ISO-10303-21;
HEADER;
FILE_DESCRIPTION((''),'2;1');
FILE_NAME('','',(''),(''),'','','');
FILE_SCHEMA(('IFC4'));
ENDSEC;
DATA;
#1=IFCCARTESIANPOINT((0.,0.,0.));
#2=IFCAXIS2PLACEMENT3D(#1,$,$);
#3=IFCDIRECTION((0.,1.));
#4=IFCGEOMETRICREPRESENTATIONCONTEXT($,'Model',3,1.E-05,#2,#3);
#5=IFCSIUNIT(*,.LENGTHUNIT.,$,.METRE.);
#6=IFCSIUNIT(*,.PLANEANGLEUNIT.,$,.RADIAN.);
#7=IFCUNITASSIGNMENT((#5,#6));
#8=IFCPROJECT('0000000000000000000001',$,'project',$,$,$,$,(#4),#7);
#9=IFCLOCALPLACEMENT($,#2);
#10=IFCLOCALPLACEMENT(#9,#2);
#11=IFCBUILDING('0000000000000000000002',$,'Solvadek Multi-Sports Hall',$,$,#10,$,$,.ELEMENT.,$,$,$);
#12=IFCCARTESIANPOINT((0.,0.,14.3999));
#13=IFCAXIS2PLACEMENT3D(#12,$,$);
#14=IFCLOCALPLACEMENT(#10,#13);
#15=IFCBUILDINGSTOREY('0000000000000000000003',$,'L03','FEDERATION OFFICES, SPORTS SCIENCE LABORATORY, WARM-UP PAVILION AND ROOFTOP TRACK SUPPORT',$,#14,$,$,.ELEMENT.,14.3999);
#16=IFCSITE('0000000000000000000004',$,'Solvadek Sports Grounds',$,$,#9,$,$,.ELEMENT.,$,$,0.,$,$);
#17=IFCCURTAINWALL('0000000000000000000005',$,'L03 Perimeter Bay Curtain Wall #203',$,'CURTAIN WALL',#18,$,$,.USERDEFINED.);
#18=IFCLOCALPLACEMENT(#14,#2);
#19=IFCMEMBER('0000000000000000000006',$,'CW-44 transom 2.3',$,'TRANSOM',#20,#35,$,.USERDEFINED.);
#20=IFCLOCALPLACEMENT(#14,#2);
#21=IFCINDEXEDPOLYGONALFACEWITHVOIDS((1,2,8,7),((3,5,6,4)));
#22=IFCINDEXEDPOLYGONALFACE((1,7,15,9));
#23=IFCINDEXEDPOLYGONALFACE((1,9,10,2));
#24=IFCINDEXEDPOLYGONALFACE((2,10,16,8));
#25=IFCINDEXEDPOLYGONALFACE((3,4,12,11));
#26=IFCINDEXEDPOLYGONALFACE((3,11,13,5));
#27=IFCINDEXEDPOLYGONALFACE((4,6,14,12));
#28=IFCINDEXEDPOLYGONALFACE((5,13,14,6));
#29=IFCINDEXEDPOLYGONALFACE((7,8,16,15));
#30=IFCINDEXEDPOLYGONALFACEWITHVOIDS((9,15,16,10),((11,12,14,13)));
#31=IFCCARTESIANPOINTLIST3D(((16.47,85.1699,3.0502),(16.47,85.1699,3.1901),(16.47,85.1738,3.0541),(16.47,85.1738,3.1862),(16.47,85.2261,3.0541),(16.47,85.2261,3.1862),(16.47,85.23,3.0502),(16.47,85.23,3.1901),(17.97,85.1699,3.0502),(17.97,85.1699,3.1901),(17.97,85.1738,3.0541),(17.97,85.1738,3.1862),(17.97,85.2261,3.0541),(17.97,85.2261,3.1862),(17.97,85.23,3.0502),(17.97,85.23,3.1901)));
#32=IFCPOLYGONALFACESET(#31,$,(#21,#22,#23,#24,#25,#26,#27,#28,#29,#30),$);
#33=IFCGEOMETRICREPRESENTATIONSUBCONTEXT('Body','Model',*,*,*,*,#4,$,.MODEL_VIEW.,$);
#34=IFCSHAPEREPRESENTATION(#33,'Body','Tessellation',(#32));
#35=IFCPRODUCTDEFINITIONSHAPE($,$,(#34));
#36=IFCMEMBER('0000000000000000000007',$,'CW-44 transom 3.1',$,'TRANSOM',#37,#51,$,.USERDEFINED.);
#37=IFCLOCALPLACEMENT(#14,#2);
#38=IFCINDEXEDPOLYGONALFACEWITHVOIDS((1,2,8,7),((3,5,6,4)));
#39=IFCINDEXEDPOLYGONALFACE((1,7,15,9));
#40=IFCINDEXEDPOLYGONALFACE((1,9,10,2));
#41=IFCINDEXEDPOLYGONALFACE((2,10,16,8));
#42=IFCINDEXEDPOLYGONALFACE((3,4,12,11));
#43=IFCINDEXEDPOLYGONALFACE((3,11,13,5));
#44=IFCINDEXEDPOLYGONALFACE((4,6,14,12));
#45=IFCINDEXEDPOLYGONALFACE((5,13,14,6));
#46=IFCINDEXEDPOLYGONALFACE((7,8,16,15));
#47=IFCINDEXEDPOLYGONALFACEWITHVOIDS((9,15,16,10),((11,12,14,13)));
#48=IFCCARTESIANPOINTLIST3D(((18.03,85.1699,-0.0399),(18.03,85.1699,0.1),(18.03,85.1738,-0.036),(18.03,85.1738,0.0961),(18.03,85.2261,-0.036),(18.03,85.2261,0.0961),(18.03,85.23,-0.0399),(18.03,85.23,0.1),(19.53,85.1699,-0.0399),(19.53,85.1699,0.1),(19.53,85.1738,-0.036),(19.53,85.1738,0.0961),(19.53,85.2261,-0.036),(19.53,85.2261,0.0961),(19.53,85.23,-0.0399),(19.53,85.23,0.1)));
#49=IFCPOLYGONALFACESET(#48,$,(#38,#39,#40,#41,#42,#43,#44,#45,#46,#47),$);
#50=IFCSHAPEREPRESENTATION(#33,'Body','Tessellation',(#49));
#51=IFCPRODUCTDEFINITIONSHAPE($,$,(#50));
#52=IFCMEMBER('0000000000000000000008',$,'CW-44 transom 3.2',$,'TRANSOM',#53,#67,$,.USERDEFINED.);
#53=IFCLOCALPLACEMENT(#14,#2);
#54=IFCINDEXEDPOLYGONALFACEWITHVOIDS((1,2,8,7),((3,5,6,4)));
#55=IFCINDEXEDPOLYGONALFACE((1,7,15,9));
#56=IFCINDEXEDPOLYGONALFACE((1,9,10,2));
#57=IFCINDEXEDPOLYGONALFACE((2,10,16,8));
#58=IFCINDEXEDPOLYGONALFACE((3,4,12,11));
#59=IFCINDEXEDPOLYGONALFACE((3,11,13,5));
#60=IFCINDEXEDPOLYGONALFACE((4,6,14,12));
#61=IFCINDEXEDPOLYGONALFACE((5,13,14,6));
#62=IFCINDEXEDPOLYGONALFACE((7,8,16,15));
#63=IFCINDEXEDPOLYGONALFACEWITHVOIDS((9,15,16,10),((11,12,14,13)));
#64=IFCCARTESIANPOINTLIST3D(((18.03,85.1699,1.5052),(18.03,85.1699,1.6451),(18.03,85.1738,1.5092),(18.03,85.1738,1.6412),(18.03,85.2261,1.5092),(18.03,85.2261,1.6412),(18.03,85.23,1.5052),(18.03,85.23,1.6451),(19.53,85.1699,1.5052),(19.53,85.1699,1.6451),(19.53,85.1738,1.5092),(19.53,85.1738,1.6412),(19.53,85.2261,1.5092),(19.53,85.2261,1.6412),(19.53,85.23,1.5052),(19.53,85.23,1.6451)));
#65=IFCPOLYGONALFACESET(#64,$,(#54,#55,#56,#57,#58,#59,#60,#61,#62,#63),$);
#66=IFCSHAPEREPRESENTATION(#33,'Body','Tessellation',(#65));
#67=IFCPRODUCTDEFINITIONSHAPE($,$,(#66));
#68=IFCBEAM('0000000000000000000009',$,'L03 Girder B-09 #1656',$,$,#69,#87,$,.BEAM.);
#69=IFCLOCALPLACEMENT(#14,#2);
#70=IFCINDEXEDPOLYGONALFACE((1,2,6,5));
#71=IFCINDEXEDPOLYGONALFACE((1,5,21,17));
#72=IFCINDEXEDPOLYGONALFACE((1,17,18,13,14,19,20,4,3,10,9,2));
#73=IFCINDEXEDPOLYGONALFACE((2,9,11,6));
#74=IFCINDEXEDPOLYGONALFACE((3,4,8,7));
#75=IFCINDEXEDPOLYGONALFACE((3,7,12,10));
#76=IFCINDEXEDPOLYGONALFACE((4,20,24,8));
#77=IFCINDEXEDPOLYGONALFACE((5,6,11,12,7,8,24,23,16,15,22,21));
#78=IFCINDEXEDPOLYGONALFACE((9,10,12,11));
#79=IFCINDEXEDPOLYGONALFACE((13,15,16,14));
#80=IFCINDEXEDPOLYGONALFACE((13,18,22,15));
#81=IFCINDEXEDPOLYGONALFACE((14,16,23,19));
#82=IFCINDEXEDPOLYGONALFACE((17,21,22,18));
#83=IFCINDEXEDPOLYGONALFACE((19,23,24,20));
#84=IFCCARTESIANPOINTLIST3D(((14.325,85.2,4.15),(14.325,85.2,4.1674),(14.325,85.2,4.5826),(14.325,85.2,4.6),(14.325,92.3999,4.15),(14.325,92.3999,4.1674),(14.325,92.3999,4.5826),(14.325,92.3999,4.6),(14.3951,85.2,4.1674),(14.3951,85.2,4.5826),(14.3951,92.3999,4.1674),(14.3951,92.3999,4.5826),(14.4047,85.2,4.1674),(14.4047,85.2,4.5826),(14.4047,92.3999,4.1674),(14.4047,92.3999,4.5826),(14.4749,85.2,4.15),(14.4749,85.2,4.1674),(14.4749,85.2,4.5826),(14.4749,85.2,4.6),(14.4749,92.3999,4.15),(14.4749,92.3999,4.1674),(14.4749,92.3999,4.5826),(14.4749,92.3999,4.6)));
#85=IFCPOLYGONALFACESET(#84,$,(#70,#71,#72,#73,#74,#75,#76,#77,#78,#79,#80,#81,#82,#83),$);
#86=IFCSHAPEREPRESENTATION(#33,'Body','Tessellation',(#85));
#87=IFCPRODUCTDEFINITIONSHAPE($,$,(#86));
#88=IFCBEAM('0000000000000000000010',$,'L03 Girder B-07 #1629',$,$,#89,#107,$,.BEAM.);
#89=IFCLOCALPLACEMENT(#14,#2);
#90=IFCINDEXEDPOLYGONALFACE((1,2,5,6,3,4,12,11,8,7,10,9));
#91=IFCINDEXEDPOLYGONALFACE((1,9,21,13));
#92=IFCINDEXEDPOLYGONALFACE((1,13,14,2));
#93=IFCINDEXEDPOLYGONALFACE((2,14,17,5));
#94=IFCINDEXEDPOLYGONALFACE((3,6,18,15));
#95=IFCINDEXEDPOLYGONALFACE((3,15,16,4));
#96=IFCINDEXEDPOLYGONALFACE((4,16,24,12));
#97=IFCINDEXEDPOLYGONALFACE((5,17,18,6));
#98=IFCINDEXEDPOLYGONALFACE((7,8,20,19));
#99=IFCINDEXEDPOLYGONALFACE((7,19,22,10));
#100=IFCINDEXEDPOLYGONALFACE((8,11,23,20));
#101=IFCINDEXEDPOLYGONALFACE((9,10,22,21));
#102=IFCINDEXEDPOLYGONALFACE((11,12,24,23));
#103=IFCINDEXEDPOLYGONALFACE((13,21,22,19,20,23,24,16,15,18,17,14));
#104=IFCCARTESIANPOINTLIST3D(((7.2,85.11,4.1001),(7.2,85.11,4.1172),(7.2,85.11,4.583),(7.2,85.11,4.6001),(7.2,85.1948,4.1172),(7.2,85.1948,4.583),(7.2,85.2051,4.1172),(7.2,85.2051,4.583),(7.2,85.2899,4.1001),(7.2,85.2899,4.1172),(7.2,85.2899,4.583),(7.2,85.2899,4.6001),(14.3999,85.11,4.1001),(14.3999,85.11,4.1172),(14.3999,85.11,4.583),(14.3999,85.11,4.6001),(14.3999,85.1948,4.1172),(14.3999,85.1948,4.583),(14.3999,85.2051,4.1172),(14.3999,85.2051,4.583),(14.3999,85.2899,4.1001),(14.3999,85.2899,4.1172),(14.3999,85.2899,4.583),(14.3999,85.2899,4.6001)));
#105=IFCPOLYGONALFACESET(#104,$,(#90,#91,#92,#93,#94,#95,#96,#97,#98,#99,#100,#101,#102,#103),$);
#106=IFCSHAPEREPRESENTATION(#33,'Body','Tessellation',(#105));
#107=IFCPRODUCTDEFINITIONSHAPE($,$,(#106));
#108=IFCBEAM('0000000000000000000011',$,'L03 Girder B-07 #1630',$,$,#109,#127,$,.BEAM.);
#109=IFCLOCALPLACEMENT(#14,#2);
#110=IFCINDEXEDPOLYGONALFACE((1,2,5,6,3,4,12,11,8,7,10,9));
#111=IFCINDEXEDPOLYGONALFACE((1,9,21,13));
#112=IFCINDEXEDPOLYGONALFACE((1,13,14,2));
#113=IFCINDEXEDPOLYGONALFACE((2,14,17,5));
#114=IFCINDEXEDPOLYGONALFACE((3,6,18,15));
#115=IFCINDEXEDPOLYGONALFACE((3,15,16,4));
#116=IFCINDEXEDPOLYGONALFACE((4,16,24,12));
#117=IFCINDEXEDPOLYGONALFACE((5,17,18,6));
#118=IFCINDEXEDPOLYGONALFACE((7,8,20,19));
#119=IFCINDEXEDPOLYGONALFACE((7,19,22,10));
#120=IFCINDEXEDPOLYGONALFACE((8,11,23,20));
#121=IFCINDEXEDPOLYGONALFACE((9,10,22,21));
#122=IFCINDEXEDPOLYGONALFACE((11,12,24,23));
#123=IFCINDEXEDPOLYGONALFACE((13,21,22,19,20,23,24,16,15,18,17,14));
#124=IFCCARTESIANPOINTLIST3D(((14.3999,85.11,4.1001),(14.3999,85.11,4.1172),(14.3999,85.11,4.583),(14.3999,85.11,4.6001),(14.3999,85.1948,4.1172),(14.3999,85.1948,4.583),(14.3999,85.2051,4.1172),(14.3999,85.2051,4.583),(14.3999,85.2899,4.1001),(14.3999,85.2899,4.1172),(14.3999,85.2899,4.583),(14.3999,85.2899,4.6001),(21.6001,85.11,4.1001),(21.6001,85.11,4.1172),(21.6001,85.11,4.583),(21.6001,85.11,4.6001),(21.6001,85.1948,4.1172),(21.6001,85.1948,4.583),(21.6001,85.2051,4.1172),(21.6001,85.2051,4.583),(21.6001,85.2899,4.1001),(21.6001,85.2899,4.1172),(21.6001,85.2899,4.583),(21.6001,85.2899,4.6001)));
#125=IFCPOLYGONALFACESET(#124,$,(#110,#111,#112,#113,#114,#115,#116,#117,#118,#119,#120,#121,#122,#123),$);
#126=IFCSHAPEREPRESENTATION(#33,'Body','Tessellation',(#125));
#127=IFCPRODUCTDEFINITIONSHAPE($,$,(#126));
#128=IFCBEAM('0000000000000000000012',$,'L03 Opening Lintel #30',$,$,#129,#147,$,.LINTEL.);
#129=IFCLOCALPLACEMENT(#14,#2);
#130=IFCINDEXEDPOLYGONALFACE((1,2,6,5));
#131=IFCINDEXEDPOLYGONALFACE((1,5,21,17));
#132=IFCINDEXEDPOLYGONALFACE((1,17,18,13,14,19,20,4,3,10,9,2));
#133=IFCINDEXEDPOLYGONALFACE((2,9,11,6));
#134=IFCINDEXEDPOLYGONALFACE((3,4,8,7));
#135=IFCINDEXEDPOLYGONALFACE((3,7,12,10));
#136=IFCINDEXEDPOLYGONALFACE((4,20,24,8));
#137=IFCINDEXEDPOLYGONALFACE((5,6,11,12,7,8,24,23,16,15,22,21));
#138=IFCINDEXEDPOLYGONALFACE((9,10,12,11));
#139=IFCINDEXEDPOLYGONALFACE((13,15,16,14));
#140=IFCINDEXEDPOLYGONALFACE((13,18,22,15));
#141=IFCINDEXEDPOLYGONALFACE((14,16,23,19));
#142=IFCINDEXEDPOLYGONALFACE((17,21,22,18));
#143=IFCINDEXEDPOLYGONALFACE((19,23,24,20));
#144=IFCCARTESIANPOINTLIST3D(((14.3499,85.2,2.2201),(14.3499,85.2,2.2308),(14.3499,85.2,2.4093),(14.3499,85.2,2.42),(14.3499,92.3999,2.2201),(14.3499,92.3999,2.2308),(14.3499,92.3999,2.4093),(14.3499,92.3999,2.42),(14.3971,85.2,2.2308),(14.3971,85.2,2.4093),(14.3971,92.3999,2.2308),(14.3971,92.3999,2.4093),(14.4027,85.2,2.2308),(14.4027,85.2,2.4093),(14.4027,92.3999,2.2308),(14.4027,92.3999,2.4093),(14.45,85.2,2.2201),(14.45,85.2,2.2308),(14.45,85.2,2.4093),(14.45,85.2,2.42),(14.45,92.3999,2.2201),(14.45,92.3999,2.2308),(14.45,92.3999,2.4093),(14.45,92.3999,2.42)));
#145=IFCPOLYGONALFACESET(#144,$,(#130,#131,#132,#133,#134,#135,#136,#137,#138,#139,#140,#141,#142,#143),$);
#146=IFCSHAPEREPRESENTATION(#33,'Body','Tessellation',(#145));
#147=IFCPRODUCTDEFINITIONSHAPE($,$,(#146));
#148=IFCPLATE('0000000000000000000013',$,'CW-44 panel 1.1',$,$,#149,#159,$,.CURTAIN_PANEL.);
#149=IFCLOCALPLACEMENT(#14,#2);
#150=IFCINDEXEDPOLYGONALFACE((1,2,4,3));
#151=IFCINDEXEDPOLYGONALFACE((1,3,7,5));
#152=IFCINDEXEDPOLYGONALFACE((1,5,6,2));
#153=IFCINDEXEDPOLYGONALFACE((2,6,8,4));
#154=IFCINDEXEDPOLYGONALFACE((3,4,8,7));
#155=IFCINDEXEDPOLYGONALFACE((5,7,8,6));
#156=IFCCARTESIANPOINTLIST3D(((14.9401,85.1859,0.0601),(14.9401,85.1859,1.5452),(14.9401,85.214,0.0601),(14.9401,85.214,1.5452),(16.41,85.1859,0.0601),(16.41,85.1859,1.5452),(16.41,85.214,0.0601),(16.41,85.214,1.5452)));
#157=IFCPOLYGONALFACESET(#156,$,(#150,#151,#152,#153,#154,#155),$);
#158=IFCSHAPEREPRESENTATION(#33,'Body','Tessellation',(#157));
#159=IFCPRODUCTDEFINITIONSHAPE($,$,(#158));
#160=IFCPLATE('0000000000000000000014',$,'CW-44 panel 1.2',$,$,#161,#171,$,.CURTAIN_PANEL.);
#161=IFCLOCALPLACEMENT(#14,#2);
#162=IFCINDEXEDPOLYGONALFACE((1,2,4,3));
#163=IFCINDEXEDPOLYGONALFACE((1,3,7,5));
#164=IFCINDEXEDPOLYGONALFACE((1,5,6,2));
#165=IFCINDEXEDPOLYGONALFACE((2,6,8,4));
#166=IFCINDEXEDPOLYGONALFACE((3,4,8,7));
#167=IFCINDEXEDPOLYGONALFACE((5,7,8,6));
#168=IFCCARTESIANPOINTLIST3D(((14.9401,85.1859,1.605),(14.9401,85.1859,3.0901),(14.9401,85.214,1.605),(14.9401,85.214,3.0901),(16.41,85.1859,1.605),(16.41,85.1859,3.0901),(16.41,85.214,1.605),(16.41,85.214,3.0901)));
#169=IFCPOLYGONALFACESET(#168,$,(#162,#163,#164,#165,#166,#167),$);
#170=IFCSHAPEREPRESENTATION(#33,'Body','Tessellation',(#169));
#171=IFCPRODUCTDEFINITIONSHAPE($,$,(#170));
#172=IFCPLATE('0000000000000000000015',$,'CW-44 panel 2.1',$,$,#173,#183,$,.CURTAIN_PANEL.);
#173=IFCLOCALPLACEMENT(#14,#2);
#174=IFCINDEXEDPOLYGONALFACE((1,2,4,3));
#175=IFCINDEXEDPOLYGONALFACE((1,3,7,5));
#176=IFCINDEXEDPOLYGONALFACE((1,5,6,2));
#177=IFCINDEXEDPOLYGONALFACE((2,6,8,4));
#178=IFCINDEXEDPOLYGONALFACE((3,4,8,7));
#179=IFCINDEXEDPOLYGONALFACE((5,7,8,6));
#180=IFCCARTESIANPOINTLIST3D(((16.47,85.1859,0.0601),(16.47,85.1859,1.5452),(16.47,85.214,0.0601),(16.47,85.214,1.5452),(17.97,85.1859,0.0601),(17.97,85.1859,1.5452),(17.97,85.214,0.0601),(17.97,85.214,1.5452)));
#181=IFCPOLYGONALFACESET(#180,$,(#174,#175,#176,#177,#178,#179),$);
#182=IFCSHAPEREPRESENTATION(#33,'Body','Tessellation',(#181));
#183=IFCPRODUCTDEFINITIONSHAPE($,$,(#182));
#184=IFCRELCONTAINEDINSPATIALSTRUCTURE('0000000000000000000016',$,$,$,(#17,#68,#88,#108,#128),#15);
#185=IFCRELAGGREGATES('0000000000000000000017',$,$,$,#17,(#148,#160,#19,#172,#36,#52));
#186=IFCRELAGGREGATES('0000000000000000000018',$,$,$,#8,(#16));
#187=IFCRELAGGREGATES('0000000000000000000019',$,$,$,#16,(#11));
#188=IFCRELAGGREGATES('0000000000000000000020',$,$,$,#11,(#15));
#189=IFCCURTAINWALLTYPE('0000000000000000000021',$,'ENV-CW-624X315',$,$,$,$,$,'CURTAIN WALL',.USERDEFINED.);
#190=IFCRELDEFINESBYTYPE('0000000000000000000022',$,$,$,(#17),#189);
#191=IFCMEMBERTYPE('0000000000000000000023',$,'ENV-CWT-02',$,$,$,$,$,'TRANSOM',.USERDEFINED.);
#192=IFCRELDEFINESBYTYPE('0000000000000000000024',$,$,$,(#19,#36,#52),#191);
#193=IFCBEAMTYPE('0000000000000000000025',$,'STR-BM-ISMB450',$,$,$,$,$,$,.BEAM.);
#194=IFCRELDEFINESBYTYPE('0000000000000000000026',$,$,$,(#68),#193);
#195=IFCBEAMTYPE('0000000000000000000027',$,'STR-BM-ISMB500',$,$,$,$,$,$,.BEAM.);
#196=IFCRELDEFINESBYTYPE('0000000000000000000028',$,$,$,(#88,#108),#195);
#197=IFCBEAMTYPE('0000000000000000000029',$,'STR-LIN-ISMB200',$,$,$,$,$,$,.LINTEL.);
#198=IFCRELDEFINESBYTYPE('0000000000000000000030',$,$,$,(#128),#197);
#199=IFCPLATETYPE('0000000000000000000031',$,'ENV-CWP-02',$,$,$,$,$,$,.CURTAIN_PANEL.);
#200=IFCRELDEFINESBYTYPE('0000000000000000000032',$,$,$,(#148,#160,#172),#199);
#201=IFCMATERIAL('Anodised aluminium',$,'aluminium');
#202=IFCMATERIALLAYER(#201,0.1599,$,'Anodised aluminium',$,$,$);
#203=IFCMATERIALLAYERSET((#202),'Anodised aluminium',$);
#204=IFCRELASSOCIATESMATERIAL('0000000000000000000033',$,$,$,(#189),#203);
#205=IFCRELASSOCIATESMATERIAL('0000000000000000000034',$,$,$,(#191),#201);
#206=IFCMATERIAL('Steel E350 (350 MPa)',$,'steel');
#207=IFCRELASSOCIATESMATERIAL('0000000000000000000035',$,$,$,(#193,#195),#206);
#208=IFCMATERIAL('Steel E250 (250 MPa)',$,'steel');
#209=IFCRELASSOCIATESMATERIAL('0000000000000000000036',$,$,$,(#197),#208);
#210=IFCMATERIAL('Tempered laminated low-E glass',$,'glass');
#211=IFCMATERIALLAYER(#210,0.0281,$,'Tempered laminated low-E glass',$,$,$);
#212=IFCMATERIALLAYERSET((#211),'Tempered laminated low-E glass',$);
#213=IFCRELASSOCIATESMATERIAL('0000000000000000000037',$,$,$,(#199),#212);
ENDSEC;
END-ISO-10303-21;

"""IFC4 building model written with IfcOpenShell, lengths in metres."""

from ifc_helpers import new_model, si_unit, direction, frame, origin, origin_2d, place, context, subcontext, project, spatial, rectangle, hollow_rectangle, i_section, extrude, material, layer, layer_set, material_profile, profile_set, type_object, element, aggregate, save


model = new_model("IFC4")

# Units and contexts
model_context = context("Model", 3, precision=1e-05, world=origin(), true_north=direction((0.0, 1.0)))
body_context = subcontext(model_context, "Body", "Model", "MODEL_VIEW")
ifc_project = project(units=[si_unit("LENGTHUNIT", "METRE"), si_unit("PLANEANGLEUNIT", "RADIAN")], contexts=[model_context])

# Site, building, storey
site_placement = place(None, origin())
site = spatial("IfcSite", under=ifc_project, at=site_placement, Name="Solvadek Sports Grounds", CompositionType="ELEMENT", RefElevation=0.0)
building_placement = place(site_placement, origin())
building = spatial("IfcBuilding", under=site, at=building_placement, Name="Solvadek Multi-Sports Hall", CompositionType="ELEMENT")
storey_placement = place(building_placement, frame((0.0, 0.0, 14.3999)))
storey = spatial("IfcBuildingStorey", under=building, at=storey_placement, Name="L03", Description="FEDERATION OFFICES, SPORTS SCIENCE LABORATORY, WARM-UP PAVILION AND ROOFTOP TRACK SUPPORT", CompositionType="ELEMENT", Elevation=14.3999)

# Shared definitions
ifc_material_1 = material(Name="Steel E350 (350 MPa)", Category="steel")

# Curtain wall, members
ifc_material_2 = material(Name="Anodised aluminium", Category="aluminium")
ifc_layer_1 = layer(ifc_material_2, 0.1599, Name="Anodised aluminium")
ifc_layer_set_1 = layer_set([ifc_layer_1], Name="Anodised aluminium")
curtain_wall_type = type_object("IfcCurtainWallType", Name="ENV-CW-624X315", ElementType="CURTAIN WALL", PredefinedType="USERDEFINED", material=ifc_layer_set_1)
curtain_wall_placement = place(storey_placement, origin())
curtain_wall = element("IfcCurtainWall", 1, at=curtain_wall_placement, inside=storey, type_object=curtain_wall_type, Name="L03 Perimeter Bay Curtain Wall #203", ObjectType="CURTAIN WALL", PredefinedType="USERDEFINED")
ifc_material_profile_1 = material_profile(ifc_material_2, hollow_rectangle(XDim=0.0601, YDim=0.1399, WallThickness=0.0039, at=origin_2d()), Name="ALU-T 140x60x4")
ifc_profile_set_1 = profile_set([ifc_material_profile_1], Name="Anodised aluminium")
member_type_1 = type_object("IfcMemberType", Name="ENV-CWT-02", ElementType="TRANSOM", PredefinedType="USERDEFINED", material=ifc_profile_set_1)
member_1_placement = place(storey_placement, frame((16.47, 85.2, 3.1201), z_axis=(1.0, 0.0, 0.0), x_axis=(0.0, 1.0, 0.0)))
member_1 = element("IfcMember", 2, at=member_1_placement, type_object=member_type_1, Name="CW-44 transom 2.3", ObjectType="TRANSOM", PredefinedType="USERDEFINED", context=body_context, shape_type="SweptSolid", body=[
    extrude(hollow_rectangle(XDim=0.0601, YDim=0.1399, WallThickness=0.0039, at=origin_2d()), origin(), (0.0, 0.0, 1.0), 1.5),
])
member_2_placement = place(storey_placement, frame((18.03, 85.2, 0.03), z_axis=(1.0, 0.0, 0.0), x_axis=(0.0, 1.0, 0.0)))
member_2 = element("IfcMember", 3, at=member_2_placement, type_object=member_type_1, Name="CW-44 transom 3.1", ObjectType="TRANSOM", PredefinedType="USERDEFINED", context=body_context, shape_type="SweptSolid", body=[
    extrude(hollow_rectangle(XDim=0.0601, YDim=0.1399, WallThickness=0.0039, at=origin_2d()), origin(), (0.0, 0.0, 1.0), 1.5),
])
member_3_placement = place(storey_placement, frame((18.03, 85.2, 1.5752), z_axis=(1.0, 0.0, 0.0), x_axis=(0.0, 1.0, 0.0)))
member_3 = element("IfcMember", 4, at=member_3_placement, type_object=member_type_1, Name="CW-44 transom 3.2", ObjectType="TRANSOM", PredefinedType="USERDEFINED", context=body_context, shape_type="SweptSolid", body=[
    extrude(hollow_rectangle(XDim=0.0601, YDim=0.1399, WallThickness=0.0039, at=origin_2d()), origin(), (0.0, 0.0, 1.0), 1.5),
])

# Beams
ifc_material_profile_2 = material_profile(ifc_material_1, i_section(OverallWidth=0.1499, OverallDepth=0.45, WebThickness=0.0095, FlangeThickness=0.0173, at=origin_2d()), Name="ISMB 450")
ifc_profile_set_2 = profile_set([ifc_material_profile_2], Name="Steel E350 (350 MPa)")
beam_type_1 = type_object("IfcBeamType", Name="STR-BM-ISMB450", PredefinedType="BEAM", material=ifc_profile_set_2)
beam_1_placement = place(storey_placement, frame((14.3999, 85.2, 4.375), z_axis=(0.0, 1.0, 0.0), x_axis=(-1.0, 0.0, 0.0)))
element("IfcBeam", 5, at=beam_1_placement, inside=storey, type_object=beam_type_1, Name="L03 Girder B-09 #1656", PredefinedType="BEAM", context=body_context, shape_type="SweptSolid", body=[
    extrude(i_section(OverallWidth=0.1499, OverallDepth=0.45, WebThickness=0.0095, FlangeThickness=0.0173, at=origin_2d()), origin(), (0.0, 0.0, 1.0), 7.2),
])
ifc_material_profile_3 = material_profile(ifc_material_1, i_section(OverallWidth=0.1799, OverallDepth=0.5, WebThickness=0.0103, FlangeThickness=0.0171, at=origin_2d()), Name="ISMB 500")
ifc_profile_set_3 = profile_set([ifc_material_profile_3], Name="Steel E350 (350 MPa)")
beam_type_2 = type_object("IfcBeamType", Name="STR-BM-ISMB500", PredefinedType="BEAM", material=ifc_profile_set_3)
beam_2_placement = place(storey_placement, frame((7.2, 85.2, 4.3501), z_axis=(1.0, 0.0, 0.0), x_axis=(0.0, 1.0, 0.0)))
element("IfcBeam", 6, at=beam_2_placement, inside=storey, type_object=beam_type_2, Name="L03 Girder B-07 #1629", PredefinedType="BEAM", context=body_context, shape_type="SweptSolid", body=[
    extrude(i_section(OverallWidth=0.1799, OverallDepth=0.5, WebThickness=0.0103, FlangeThickness=0.0171, at=origin_2d()), origin(), (0.0, 0.0, 1.0), 7.2),
])
beam_3_placement = place(storey_placement, frame((14.3999, 85.2, 4.3501), z_axis=(1.0, 0.0, 0.0), x_axis=(0.0, 1.0, 0.0)))
element("IfcBeam", 7, at=beam_3_placement, inside=storey, type_object=beam_type_2, Name="L03 Girder B-07 #1630", PredefinedType="BEAM", context=body_context, shape_type="SweptSolid", body=[
    extrude(i_section(OverallWidth=0.1799, OverallDepth=0.5, WebThickness=0.0103, FlangeThickness=0.0171, at=origin_2d()), origin(), (0.0, 0.0, 1.0), 7.2002),
])
ifc_material_3 = material(Name="Steel E250 (250 MPa)", Category="steel")
ifc_material_profile_4 = material_profile(ifc_material_3, i_section(OverallWidth=0.1001, OverallDepth=0.2, WebThickness=0.0056, FlangeThickness=0.0107, at=origin_2d()), Name="ISMB 200")
ifc_profile_set_4 = profile_set([ifc_material_profile_4], Name="Steel E250 (250 MPa)")
beam_type_3 = type_object("IfcBeamType", Name="STR-LIN-ISMB200", PredefinedType="LINTEL", material=ifc_profile_set_4)
beam_4_placement = place(storey_placement, frame((14.3999, 85.2, 2.3201), z_axis=(0.0, 1.0, 0.0), x_axis=(-1.0, 0.0, 0.0)))
element("IfcBeam", 8, at=beam_4_placement, inside=storey, type_object=beam_type_3, Name="L03 Opening Lintel #30", PredefinedType="LINTEL", context=body_context, shape_type="SweptSolid", body=[
    extrude(i_section(OverallWidth=0.1001, OverallDepth=0.2, WebThickness=0.0056, FlangeThickness=0.0107, at=origin_2d()), origin(), (0.0, 0.0, 1.0), 7.2),
])

# Plates
ifc_material_4 = material(Name="Tempered laminated low-E glass", Category="glass")
ifc_layer_2 = layer(ifc_material_4, 0.0281, Name="Tempered laminated low-E glass")
ifc_layer_set_2 = layer_set([ifc_layer_2], Name="Tempered laminated low-E glass")
plate_type = type_object("IfcPlateType", Name="ENV-CWP-02", PredefinedType="CURTAIN_PANEL", material=ifc_layer_set_2)
plate_1_placement = place(storey_placement, frame((15.675, 85.2, 0.0601), z_axis=(0.0, 0.0, 1.0), x_axis=(1.0, 0.0, 0.0)))
plate_1 = element("IfcPlate", 9, at=plate_1_placement, type_object=plate_type, Name="CW-44 panel 1.1", PredefinedType="CURTAIN_PANEL", context=body_context, shape_type="SweptSolid", body=[
    extrude(rectangle(XDim=1.47, YDim=0.0281, at=origin_2d()), origin(), (0.0, 0.0, 1.0), 1.4851),
])
plate_2_placement = place(storey_placement, frame((15.675, 85.2, 1.605), z_axis=(0.0, 0.0, 1.0), x_axis=(1.0, 0.0, 0.0)))
plate_2 = element("IfcPlate", 10, at=plate_2_placement, type_object=plate_type, Name="CW-44 panel 1.2", PredefinedType="CURTAIN_PANEL", context=body_context, shape_type="SweptSolid", body=[
    extrude(rectangle(XDim=1.47, YDim=0.0281, at=origin_2d()), origin(), (0.0, 0.0, 1.0), 1.4851),
])
plate_3_placement = place(storey_placement, frame((17.22, 85.2, 0.0601), z_axis=(0.0, 0.0, 1.0), x_axis=(1.0, 0.0, 0.0)))
plate_3 = element("IfcPlate", 11, at=plate_3_placement, type_object=plate_type, Name="CW-44 panel 2.1", PredefinedType="CURTAIN_PANEL", context=body_context, shape_type="SweptSolid", body=[
    extrude(rectangle(XDim=1.5, YDim=0.0281, at=origin_2d()), origin(), (0.0, 0.0, 1.0), 1.4851),
])
aggregate(curtain_wall, [plate_1, plate_2, member_1, plate_3, member_2, member_3])

save(model, "model.ifc")
